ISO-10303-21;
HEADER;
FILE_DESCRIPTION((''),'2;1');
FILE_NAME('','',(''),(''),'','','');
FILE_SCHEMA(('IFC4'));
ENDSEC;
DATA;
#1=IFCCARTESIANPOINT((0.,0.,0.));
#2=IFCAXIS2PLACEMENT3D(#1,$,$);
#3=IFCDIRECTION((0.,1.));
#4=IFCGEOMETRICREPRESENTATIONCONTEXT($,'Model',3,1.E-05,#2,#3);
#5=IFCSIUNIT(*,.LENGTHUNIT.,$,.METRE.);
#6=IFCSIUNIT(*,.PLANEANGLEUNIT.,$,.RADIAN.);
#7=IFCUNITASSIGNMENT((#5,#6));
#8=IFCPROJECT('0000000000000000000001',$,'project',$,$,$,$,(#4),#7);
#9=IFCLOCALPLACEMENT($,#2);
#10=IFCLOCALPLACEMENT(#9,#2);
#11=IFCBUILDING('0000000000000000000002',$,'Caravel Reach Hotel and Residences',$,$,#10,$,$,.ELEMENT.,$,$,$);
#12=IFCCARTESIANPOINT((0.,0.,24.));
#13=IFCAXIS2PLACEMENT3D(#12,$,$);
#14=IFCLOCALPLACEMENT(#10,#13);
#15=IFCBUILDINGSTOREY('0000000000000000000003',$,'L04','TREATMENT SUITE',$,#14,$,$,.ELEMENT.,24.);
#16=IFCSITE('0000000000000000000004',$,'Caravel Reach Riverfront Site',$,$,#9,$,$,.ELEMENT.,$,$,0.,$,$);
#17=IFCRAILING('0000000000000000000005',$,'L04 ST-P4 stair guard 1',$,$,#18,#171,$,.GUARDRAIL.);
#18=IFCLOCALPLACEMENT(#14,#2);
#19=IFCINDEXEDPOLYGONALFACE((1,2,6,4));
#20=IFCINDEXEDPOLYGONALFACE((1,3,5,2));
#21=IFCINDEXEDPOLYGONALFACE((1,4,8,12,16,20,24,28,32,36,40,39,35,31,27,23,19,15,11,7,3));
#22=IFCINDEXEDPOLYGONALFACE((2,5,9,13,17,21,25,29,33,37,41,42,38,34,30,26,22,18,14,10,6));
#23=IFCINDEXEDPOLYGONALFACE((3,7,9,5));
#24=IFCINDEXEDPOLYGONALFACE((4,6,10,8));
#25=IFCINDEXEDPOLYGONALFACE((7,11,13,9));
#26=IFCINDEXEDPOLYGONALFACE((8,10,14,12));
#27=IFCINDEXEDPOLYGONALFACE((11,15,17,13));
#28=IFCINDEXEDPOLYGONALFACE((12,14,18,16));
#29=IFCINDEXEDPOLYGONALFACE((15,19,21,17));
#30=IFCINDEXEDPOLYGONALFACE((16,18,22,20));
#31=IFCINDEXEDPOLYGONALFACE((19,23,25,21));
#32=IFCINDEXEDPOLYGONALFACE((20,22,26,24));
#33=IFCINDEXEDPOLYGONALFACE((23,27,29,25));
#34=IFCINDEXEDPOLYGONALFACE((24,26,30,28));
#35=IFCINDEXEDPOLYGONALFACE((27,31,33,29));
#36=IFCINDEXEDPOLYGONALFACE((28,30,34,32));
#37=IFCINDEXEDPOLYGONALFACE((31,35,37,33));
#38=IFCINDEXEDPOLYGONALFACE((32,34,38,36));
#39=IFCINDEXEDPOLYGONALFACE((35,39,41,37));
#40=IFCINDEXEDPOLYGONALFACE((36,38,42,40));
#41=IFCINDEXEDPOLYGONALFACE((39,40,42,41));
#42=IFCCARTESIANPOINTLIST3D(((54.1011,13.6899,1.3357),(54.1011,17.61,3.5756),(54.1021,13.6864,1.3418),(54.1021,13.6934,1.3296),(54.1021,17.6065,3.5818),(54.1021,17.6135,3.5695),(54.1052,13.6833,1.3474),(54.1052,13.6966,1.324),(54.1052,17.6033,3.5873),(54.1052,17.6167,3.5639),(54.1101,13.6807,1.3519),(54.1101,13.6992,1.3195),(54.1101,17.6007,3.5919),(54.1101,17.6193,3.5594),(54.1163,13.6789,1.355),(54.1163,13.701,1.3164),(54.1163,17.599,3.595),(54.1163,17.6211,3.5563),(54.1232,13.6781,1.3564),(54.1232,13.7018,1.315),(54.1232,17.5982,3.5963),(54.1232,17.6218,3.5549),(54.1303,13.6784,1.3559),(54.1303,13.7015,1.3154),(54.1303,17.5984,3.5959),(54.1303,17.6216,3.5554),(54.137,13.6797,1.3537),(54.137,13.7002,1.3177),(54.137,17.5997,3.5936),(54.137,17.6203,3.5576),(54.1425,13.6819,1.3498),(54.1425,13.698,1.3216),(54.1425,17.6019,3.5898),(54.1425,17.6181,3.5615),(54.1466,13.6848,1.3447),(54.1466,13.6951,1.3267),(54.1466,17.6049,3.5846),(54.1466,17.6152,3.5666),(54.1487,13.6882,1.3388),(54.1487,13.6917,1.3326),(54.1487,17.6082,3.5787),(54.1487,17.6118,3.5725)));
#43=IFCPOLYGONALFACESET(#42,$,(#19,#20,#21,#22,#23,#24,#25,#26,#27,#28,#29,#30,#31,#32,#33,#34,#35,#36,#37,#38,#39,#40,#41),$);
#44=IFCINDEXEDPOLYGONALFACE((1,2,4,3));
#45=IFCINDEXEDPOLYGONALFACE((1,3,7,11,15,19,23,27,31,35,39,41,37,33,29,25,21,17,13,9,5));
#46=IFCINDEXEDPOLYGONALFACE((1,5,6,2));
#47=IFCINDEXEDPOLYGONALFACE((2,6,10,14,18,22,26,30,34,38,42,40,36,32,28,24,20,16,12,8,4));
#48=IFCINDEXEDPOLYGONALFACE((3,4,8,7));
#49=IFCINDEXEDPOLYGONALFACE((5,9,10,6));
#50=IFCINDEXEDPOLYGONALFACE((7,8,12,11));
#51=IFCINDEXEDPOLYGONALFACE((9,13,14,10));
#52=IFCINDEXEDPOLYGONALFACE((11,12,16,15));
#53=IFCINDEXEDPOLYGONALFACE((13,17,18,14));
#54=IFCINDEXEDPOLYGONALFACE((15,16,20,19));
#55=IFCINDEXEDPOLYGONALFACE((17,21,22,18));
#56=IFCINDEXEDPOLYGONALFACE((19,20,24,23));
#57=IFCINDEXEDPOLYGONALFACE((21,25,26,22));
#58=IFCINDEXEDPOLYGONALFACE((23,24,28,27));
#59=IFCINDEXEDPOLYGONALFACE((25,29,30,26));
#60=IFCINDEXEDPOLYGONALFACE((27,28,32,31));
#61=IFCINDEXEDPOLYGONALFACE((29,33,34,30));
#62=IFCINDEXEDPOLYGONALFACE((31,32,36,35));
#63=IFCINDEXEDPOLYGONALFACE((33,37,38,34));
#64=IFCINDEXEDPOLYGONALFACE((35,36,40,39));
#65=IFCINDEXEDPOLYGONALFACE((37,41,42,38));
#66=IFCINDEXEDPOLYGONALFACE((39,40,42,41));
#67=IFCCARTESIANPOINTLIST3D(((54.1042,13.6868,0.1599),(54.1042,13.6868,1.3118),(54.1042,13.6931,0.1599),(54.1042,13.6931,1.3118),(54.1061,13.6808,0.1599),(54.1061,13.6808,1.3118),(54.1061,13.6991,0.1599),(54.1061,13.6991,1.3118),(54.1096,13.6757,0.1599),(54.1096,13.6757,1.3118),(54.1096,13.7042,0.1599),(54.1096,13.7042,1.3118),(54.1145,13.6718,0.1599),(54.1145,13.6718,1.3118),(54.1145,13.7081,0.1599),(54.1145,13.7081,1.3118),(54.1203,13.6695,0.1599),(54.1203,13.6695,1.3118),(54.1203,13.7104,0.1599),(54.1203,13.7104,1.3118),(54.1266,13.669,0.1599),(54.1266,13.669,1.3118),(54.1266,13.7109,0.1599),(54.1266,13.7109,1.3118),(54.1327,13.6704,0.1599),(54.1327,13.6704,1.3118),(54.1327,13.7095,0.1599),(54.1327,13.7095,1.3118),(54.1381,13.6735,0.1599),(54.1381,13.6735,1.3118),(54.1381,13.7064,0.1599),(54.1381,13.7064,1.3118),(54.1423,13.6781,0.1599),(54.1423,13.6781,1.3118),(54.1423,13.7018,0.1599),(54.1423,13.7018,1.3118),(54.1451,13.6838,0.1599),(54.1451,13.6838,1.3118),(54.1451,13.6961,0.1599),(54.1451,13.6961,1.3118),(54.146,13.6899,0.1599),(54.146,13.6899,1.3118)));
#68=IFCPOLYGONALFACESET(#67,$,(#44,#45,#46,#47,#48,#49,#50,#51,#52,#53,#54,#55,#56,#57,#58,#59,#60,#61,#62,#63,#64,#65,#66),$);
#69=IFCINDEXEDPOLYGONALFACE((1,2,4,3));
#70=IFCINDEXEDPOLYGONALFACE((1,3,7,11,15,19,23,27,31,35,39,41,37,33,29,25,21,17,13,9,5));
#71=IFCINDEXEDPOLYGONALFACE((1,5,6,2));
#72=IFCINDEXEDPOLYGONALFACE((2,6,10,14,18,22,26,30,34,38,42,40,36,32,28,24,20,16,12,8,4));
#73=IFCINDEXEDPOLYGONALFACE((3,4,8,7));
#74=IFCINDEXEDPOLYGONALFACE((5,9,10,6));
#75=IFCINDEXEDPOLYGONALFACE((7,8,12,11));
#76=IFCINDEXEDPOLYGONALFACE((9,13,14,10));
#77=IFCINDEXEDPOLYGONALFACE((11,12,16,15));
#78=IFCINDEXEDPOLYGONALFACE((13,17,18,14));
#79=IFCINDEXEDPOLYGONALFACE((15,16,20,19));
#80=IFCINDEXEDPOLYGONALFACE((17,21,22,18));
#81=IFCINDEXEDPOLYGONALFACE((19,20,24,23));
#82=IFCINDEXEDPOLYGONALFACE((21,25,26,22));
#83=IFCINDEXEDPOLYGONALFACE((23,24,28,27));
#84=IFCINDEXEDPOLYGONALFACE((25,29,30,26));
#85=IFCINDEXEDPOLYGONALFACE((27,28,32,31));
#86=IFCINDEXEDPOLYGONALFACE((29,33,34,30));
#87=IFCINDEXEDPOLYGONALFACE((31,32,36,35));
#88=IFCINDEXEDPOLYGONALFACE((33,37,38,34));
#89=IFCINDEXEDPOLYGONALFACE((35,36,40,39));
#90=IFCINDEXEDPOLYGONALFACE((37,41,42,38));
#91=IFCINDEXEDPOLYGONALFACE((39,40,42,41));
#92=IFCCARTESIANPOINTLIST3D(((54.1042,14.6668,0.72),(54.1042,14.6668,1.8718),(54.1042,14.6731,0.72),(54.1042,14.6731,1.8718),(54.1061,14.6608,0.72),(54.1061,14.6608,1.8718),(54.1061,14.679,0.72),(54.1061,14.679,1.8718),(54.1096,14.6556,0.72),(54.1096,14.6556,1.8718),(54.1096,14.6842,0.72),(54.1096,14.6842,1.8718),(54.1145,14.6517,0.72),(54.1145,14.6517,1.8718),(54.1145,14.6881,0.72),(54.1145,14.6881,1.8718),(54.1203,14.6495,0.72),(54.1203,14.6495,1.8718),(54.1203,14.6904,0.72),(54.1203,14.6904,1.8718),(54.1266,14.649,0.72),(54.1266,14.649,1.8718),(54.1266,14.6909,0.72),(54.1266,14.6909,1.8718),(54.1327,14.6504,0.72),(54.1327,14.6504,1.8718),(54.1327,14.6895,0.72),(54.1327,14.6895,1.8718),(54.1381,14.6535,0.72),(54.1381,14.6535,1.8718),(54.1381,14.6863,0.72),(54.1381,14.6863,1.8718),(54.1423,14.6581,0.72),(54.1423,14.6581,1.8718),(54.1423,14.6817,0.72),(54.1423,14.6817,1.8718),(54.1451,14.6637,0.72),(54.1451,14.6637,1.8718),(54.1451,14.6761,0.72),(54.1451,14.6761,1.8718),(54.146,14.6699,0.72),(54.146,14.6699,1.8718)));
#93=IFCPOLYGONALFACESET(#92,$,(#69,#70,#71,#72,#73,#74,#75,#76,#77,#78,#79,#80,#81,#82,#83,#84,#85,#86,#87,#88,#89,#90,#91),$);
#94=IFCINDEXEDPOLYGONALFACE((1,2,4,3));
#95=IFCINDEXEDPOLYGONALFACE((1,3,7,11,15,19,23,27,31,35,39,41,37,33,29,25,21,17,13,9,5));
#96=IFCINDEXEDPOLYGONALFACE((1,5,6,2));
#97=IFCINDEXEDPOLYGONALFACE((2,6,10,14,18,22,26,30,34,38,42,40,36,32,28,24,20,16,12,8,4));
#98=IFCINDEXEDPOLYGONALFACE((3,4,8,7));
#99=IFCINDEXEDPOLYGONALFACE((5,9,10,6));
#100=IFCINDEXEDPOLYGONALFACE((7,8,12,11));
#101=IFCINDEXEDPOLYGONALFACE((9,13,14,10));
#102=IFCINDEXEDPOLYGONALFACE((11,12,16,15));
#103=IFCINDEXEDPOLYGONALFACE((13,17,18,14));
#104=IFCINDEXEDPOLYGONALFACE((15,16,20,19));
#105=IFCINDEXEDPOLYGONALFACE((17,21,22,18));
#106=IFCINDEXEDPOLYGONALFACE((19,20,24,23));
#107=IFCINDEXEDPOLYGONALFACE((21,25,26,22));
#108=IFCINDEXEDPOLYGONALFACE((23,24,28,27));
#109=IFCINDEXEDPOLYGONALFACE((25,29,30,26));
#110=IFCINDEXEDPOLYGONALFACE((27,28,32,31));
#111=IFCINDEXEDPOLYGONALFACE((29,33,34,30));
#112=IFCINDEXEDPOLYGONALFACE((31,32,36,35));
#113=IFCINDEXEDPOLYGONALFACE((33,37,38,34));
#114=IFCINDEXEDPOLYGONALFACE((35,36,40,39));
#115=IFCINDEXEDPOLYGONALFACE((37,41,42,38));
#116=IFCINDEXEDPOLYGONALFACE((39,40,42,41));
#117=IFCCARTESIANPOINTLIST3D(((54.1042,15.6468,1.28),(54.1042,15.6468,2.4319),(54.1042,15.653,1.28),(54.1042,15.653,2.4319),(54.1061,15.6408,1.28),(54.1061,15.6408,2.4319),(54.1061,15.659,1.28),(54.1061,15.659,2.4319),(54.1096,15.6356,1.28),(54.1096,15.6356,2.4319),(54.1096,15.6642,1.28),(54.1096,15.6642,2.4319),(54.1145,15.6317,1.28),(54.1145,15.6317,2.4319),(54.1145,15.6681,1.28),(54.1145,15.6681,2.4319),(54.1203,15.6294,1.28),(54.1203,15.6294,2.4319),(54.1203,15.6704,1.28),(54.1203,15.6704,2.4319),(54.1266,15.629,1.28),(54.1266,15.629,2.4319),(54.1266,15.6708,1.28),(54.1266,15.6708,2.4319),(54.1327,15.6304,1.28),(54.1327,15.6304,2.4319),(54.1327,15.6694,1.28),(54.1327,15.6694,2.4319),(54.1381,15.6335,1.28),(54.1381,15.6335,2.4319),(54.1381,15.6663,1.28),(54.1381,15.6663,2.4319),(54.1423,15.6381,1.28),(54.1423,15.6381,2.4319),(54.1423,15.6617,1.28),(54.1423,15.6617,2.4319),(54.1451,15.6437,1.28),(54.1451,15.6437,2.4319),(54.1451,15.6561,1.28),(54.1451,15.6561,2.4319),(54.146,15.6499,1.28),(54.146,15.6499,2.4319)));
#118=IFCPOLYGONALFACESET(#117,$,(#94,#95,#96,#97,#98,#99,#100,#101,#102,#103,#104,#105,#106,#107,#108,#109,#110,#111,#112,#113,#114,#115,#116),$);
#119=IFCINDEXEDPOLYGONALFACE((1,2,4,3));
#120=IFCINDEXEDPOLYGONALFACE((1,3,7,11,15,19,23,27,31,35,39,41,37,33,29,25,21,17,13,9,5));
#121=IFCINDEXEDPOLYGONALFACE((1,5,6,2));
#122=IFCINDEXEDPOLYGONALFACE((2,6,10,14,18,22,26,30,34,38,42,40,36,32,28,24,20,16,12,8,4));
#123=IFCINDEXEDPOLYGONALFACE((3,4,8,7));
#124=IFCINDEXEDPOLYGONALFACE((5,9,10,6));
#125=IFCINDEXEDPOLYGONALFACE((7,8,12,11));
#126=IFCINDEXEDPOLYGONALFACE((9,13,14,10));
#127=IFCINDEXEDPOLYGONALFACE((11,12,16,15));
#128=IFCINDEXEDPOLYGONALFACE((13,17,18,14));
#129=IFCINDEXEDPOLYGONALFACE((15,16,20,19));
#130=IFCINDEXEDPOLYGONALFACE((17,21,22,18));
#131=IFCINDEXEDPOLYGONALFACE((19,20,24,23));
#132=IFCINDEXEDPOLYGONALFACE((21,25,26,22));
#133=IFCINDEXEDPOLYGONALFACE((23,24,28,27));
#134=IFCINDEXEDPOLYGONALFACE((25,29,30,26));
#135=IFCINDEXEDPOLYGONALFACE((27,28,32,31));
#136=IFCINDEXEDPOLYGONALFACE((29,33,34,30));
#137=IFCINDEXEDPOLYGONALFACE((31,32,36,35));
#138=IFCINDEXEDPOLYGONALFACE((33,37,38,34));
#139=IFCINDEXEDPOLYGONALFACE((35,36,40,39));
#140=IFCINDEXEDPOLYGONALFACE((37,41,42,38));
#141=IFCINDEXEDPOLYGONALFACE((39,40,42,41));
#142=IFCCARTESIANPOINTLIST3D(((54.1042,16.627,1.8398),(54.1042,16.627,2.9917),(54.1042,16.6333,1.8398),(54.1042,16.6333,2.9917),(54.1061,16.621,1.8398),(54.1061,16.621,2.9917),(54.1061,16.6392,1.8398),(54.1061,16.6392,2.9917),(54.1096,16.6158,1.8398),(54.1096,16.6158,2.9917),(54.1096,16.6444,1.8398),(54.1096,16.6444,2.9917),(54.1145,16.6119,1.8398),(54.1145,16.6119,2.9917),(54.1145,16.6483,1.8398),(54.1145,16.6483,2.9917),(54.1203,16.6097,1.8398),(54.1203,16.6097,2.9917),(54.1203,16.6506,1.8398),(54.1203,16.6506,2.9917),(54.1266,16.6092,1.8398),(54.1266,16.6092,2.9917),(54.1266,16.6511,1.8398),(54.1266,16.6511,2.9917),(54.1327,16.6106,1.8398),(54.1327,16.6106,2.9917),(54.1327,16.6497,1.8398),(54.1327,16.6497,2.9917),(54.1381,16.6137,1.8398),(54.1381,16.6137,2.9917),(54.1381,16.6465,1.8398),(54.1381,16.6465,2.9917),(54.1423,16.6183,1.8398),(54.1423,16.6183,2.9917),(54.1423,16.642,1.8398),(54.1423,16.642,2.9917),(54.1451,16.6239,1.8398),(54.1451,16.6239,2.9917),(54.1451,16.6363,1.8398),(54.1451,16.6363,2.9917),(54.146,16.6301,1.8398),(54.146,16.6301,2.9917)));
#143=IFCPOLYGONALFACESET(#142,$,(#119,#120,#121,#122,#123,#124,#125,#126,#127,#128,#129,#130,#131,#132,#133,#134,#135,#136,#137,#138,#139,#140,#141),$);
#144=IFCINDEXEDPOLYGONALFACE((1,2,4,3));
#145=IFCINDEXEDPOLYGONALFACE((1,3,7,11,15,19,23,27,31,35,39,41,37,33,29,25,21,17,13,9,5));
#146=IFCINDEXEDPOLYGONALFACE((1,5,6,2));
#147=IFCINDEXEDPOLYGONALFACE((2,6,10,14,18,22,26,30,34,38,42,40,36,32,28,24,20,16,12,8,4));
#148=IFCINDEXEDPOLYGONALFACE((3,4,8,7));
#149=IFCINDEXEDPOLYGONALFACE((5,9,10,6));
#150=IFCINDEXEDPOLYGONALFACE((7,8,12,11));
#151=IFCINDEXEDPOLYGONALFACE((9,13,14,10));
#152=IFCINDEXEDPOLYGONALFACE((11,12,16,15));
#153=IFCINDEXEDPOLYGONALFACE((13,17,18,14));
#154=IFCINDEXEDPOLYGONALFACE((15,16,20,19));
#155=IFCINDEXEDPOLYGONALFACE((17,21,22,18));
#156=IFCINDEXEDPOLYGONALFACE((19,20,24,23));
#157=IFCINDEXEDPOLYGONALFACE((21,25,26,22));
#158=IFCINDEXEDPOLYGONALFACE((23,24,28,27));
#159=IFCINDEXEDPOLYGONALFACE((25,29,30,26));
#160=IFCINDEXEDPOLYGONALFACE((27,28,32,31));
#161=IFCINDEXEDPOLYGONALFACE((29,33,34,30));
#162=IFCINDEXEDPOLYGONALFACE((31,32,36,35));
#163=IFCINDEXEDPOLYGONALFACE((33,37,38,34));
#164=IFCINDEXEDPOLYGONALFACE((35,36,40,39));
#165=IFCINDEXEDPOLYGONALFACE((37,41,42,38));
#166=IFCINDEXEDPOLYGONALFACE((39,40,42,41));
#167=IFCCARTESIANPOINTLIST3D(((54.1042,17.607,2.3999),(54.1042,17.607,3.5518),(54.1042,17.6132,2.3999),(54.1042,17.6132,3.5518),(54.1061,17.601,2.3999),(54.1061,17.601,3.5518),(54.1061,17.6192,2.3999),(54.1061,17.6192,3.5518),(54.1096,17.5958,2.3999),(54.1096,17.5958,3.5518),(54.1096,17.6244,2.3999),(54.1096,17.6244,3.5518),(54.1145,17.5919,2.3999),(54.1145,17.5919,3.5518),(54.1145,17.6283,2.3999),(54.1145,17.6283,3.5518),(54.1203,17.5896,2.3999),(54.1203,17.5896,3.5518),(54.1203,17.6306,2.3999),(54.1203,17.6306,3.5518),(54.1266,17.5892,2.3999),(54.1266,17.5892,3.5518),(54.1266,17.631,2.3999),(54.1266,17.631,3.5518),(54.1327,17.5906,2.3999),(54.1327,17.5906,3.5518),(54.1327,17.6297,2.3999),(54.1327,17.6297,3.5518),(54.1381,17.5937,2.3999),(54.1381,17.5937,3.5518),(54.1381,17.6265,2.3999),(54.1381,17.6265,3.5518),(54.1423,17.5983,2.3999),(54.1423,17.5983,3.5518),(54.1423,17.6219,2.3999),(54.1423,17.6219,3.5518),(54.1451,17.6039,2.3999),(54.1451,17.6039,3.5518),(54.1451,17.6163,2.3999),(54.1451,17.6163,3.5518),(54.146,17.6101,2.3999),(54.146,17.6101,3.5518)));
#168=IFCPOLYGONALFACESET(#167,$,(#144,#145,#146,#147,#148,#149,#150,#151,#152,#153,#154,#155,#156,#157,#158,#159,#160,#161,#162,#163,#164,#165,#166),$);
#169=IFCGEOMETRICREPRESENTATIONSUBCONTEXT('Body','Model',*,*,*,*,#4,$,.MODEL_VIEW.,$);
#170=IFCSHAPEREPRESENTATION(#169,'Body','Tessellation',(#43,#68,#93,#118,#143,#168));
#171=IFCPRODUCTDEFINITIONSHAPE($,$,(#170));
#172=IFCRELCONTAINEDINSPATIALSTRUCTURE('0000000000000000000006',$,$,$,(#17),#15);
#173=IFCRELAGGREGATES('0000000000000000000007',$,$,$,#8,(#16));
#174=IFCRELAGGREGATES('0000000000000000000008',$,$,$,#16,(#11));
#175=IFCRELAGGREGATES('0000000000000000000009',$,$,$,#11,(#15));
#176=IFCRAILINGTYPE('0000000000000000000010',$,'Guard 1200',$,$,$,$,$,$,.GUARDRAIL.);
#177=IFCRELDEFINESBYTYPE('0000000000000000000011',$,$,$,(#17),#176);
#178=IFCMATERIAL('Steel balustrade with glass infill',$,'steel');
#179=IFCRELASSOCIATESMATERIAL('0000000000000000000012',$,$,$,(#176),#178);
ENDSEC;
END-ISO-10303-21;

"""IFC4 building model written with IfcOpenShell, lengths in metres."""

from ifc_helpers import new_model, si_unit, direction, frame, origin, origin_2d, place, context, subcontext, project, spatial, circle, extrude, material, type_object, element, save


model = new_model("IFC4")

# Units and contexts
model_context = context("Model", 3, precision=1e-05, world=origin(), true_north=direction((0.0, 1.0)))
body_context = subcontext(model_context, "Body", "Model", "MODEL_VIEW")
ifc_project = project(units=[si_unit("LENGTHUNIT", "METRE"), si_unit("PLANEANGLEUNIT", "RADIAN")], contexts=[model_context])

# Site, building, storey
site_placement = place(None, origin())
site = spatial("IfcSite", under=ifc_project, at=site_placement, Name="Caravel Reach Riverfront Site", CompositionType="ELEMENT", RefElevation=0.0)
building_placement = place(site_placement, origin())
building = spatial("IfcBuilding", under=site, at=building_placement, Name="Caravel Reach Hotel and Residences", CompositionType="ELEMENT")
storey_placement = place(building_placement, frame((0.0, 0.0, 24.0)))
storey = spatial("IfcBuildingStorey", under=building, at=storey_placement, Name="L04", Description="TREATMENT SUITE", CompositionType="ELEMENT", Elevation=24.0)

# Railing
ifc_material_1 = material(Name="Steel balustrade with glass infill", Category="steel")
railing_type_1 = type_object("IfcRailingType", Name="Guard 1200", PredefinedType="GUARDRAIL", material=ifc_material_1)
railing_1_placement = place(storey_placement, frame((54.125, 13.6899, 0.1599)))
element("IfcRailing", 1, at=railing_1_placement, inside=storey, type_object=railing_type_1, Name="L04 ST-P4 stair guard 1", PredefinedType="GUARDRAIL", context=body_context, shape_type="SweptSolid", body=[
    extrude(circle(Radius=0.0239, at=origin_2d()), frame((0.0, 0.0, 1.1758), z_axis=(0.0, 0.868253, 0.496121), x_axis=(-1.0, 0.0, 0.0)), (0.0, 0.0, 1.0), 4.5149),
    extrude(circle(Radius=0.021, at=origin_2d()), origin(), (0.0, 0.0, 1.0), 1.1519),
    extrude(circle(Radius=0.021, at=origin_2d()), frame((0.0, 0.98, 0.5601)), (0.0, 0.0, 1.0), 1.1519),
    extrude(circle(Radius=0.021, at=origin_2d()), frame((0.0, 1.96, 1.1201)), (0.0, 0.0, 1.0), 1.1519),
    extrude(circle(Radius=0.021, at=origin_2d()), frame((0.0, 2.9402, 1.6799)), (0.0, 0.0, 1.0), 1.1519),
    extrude(circle(Radius=0.021, at=origin_2d()), frame((0.0, 3.9202, 2.24)), (0.0, 0.0, 1.0), 1.1519),
])

save(model, "model.ifc")
